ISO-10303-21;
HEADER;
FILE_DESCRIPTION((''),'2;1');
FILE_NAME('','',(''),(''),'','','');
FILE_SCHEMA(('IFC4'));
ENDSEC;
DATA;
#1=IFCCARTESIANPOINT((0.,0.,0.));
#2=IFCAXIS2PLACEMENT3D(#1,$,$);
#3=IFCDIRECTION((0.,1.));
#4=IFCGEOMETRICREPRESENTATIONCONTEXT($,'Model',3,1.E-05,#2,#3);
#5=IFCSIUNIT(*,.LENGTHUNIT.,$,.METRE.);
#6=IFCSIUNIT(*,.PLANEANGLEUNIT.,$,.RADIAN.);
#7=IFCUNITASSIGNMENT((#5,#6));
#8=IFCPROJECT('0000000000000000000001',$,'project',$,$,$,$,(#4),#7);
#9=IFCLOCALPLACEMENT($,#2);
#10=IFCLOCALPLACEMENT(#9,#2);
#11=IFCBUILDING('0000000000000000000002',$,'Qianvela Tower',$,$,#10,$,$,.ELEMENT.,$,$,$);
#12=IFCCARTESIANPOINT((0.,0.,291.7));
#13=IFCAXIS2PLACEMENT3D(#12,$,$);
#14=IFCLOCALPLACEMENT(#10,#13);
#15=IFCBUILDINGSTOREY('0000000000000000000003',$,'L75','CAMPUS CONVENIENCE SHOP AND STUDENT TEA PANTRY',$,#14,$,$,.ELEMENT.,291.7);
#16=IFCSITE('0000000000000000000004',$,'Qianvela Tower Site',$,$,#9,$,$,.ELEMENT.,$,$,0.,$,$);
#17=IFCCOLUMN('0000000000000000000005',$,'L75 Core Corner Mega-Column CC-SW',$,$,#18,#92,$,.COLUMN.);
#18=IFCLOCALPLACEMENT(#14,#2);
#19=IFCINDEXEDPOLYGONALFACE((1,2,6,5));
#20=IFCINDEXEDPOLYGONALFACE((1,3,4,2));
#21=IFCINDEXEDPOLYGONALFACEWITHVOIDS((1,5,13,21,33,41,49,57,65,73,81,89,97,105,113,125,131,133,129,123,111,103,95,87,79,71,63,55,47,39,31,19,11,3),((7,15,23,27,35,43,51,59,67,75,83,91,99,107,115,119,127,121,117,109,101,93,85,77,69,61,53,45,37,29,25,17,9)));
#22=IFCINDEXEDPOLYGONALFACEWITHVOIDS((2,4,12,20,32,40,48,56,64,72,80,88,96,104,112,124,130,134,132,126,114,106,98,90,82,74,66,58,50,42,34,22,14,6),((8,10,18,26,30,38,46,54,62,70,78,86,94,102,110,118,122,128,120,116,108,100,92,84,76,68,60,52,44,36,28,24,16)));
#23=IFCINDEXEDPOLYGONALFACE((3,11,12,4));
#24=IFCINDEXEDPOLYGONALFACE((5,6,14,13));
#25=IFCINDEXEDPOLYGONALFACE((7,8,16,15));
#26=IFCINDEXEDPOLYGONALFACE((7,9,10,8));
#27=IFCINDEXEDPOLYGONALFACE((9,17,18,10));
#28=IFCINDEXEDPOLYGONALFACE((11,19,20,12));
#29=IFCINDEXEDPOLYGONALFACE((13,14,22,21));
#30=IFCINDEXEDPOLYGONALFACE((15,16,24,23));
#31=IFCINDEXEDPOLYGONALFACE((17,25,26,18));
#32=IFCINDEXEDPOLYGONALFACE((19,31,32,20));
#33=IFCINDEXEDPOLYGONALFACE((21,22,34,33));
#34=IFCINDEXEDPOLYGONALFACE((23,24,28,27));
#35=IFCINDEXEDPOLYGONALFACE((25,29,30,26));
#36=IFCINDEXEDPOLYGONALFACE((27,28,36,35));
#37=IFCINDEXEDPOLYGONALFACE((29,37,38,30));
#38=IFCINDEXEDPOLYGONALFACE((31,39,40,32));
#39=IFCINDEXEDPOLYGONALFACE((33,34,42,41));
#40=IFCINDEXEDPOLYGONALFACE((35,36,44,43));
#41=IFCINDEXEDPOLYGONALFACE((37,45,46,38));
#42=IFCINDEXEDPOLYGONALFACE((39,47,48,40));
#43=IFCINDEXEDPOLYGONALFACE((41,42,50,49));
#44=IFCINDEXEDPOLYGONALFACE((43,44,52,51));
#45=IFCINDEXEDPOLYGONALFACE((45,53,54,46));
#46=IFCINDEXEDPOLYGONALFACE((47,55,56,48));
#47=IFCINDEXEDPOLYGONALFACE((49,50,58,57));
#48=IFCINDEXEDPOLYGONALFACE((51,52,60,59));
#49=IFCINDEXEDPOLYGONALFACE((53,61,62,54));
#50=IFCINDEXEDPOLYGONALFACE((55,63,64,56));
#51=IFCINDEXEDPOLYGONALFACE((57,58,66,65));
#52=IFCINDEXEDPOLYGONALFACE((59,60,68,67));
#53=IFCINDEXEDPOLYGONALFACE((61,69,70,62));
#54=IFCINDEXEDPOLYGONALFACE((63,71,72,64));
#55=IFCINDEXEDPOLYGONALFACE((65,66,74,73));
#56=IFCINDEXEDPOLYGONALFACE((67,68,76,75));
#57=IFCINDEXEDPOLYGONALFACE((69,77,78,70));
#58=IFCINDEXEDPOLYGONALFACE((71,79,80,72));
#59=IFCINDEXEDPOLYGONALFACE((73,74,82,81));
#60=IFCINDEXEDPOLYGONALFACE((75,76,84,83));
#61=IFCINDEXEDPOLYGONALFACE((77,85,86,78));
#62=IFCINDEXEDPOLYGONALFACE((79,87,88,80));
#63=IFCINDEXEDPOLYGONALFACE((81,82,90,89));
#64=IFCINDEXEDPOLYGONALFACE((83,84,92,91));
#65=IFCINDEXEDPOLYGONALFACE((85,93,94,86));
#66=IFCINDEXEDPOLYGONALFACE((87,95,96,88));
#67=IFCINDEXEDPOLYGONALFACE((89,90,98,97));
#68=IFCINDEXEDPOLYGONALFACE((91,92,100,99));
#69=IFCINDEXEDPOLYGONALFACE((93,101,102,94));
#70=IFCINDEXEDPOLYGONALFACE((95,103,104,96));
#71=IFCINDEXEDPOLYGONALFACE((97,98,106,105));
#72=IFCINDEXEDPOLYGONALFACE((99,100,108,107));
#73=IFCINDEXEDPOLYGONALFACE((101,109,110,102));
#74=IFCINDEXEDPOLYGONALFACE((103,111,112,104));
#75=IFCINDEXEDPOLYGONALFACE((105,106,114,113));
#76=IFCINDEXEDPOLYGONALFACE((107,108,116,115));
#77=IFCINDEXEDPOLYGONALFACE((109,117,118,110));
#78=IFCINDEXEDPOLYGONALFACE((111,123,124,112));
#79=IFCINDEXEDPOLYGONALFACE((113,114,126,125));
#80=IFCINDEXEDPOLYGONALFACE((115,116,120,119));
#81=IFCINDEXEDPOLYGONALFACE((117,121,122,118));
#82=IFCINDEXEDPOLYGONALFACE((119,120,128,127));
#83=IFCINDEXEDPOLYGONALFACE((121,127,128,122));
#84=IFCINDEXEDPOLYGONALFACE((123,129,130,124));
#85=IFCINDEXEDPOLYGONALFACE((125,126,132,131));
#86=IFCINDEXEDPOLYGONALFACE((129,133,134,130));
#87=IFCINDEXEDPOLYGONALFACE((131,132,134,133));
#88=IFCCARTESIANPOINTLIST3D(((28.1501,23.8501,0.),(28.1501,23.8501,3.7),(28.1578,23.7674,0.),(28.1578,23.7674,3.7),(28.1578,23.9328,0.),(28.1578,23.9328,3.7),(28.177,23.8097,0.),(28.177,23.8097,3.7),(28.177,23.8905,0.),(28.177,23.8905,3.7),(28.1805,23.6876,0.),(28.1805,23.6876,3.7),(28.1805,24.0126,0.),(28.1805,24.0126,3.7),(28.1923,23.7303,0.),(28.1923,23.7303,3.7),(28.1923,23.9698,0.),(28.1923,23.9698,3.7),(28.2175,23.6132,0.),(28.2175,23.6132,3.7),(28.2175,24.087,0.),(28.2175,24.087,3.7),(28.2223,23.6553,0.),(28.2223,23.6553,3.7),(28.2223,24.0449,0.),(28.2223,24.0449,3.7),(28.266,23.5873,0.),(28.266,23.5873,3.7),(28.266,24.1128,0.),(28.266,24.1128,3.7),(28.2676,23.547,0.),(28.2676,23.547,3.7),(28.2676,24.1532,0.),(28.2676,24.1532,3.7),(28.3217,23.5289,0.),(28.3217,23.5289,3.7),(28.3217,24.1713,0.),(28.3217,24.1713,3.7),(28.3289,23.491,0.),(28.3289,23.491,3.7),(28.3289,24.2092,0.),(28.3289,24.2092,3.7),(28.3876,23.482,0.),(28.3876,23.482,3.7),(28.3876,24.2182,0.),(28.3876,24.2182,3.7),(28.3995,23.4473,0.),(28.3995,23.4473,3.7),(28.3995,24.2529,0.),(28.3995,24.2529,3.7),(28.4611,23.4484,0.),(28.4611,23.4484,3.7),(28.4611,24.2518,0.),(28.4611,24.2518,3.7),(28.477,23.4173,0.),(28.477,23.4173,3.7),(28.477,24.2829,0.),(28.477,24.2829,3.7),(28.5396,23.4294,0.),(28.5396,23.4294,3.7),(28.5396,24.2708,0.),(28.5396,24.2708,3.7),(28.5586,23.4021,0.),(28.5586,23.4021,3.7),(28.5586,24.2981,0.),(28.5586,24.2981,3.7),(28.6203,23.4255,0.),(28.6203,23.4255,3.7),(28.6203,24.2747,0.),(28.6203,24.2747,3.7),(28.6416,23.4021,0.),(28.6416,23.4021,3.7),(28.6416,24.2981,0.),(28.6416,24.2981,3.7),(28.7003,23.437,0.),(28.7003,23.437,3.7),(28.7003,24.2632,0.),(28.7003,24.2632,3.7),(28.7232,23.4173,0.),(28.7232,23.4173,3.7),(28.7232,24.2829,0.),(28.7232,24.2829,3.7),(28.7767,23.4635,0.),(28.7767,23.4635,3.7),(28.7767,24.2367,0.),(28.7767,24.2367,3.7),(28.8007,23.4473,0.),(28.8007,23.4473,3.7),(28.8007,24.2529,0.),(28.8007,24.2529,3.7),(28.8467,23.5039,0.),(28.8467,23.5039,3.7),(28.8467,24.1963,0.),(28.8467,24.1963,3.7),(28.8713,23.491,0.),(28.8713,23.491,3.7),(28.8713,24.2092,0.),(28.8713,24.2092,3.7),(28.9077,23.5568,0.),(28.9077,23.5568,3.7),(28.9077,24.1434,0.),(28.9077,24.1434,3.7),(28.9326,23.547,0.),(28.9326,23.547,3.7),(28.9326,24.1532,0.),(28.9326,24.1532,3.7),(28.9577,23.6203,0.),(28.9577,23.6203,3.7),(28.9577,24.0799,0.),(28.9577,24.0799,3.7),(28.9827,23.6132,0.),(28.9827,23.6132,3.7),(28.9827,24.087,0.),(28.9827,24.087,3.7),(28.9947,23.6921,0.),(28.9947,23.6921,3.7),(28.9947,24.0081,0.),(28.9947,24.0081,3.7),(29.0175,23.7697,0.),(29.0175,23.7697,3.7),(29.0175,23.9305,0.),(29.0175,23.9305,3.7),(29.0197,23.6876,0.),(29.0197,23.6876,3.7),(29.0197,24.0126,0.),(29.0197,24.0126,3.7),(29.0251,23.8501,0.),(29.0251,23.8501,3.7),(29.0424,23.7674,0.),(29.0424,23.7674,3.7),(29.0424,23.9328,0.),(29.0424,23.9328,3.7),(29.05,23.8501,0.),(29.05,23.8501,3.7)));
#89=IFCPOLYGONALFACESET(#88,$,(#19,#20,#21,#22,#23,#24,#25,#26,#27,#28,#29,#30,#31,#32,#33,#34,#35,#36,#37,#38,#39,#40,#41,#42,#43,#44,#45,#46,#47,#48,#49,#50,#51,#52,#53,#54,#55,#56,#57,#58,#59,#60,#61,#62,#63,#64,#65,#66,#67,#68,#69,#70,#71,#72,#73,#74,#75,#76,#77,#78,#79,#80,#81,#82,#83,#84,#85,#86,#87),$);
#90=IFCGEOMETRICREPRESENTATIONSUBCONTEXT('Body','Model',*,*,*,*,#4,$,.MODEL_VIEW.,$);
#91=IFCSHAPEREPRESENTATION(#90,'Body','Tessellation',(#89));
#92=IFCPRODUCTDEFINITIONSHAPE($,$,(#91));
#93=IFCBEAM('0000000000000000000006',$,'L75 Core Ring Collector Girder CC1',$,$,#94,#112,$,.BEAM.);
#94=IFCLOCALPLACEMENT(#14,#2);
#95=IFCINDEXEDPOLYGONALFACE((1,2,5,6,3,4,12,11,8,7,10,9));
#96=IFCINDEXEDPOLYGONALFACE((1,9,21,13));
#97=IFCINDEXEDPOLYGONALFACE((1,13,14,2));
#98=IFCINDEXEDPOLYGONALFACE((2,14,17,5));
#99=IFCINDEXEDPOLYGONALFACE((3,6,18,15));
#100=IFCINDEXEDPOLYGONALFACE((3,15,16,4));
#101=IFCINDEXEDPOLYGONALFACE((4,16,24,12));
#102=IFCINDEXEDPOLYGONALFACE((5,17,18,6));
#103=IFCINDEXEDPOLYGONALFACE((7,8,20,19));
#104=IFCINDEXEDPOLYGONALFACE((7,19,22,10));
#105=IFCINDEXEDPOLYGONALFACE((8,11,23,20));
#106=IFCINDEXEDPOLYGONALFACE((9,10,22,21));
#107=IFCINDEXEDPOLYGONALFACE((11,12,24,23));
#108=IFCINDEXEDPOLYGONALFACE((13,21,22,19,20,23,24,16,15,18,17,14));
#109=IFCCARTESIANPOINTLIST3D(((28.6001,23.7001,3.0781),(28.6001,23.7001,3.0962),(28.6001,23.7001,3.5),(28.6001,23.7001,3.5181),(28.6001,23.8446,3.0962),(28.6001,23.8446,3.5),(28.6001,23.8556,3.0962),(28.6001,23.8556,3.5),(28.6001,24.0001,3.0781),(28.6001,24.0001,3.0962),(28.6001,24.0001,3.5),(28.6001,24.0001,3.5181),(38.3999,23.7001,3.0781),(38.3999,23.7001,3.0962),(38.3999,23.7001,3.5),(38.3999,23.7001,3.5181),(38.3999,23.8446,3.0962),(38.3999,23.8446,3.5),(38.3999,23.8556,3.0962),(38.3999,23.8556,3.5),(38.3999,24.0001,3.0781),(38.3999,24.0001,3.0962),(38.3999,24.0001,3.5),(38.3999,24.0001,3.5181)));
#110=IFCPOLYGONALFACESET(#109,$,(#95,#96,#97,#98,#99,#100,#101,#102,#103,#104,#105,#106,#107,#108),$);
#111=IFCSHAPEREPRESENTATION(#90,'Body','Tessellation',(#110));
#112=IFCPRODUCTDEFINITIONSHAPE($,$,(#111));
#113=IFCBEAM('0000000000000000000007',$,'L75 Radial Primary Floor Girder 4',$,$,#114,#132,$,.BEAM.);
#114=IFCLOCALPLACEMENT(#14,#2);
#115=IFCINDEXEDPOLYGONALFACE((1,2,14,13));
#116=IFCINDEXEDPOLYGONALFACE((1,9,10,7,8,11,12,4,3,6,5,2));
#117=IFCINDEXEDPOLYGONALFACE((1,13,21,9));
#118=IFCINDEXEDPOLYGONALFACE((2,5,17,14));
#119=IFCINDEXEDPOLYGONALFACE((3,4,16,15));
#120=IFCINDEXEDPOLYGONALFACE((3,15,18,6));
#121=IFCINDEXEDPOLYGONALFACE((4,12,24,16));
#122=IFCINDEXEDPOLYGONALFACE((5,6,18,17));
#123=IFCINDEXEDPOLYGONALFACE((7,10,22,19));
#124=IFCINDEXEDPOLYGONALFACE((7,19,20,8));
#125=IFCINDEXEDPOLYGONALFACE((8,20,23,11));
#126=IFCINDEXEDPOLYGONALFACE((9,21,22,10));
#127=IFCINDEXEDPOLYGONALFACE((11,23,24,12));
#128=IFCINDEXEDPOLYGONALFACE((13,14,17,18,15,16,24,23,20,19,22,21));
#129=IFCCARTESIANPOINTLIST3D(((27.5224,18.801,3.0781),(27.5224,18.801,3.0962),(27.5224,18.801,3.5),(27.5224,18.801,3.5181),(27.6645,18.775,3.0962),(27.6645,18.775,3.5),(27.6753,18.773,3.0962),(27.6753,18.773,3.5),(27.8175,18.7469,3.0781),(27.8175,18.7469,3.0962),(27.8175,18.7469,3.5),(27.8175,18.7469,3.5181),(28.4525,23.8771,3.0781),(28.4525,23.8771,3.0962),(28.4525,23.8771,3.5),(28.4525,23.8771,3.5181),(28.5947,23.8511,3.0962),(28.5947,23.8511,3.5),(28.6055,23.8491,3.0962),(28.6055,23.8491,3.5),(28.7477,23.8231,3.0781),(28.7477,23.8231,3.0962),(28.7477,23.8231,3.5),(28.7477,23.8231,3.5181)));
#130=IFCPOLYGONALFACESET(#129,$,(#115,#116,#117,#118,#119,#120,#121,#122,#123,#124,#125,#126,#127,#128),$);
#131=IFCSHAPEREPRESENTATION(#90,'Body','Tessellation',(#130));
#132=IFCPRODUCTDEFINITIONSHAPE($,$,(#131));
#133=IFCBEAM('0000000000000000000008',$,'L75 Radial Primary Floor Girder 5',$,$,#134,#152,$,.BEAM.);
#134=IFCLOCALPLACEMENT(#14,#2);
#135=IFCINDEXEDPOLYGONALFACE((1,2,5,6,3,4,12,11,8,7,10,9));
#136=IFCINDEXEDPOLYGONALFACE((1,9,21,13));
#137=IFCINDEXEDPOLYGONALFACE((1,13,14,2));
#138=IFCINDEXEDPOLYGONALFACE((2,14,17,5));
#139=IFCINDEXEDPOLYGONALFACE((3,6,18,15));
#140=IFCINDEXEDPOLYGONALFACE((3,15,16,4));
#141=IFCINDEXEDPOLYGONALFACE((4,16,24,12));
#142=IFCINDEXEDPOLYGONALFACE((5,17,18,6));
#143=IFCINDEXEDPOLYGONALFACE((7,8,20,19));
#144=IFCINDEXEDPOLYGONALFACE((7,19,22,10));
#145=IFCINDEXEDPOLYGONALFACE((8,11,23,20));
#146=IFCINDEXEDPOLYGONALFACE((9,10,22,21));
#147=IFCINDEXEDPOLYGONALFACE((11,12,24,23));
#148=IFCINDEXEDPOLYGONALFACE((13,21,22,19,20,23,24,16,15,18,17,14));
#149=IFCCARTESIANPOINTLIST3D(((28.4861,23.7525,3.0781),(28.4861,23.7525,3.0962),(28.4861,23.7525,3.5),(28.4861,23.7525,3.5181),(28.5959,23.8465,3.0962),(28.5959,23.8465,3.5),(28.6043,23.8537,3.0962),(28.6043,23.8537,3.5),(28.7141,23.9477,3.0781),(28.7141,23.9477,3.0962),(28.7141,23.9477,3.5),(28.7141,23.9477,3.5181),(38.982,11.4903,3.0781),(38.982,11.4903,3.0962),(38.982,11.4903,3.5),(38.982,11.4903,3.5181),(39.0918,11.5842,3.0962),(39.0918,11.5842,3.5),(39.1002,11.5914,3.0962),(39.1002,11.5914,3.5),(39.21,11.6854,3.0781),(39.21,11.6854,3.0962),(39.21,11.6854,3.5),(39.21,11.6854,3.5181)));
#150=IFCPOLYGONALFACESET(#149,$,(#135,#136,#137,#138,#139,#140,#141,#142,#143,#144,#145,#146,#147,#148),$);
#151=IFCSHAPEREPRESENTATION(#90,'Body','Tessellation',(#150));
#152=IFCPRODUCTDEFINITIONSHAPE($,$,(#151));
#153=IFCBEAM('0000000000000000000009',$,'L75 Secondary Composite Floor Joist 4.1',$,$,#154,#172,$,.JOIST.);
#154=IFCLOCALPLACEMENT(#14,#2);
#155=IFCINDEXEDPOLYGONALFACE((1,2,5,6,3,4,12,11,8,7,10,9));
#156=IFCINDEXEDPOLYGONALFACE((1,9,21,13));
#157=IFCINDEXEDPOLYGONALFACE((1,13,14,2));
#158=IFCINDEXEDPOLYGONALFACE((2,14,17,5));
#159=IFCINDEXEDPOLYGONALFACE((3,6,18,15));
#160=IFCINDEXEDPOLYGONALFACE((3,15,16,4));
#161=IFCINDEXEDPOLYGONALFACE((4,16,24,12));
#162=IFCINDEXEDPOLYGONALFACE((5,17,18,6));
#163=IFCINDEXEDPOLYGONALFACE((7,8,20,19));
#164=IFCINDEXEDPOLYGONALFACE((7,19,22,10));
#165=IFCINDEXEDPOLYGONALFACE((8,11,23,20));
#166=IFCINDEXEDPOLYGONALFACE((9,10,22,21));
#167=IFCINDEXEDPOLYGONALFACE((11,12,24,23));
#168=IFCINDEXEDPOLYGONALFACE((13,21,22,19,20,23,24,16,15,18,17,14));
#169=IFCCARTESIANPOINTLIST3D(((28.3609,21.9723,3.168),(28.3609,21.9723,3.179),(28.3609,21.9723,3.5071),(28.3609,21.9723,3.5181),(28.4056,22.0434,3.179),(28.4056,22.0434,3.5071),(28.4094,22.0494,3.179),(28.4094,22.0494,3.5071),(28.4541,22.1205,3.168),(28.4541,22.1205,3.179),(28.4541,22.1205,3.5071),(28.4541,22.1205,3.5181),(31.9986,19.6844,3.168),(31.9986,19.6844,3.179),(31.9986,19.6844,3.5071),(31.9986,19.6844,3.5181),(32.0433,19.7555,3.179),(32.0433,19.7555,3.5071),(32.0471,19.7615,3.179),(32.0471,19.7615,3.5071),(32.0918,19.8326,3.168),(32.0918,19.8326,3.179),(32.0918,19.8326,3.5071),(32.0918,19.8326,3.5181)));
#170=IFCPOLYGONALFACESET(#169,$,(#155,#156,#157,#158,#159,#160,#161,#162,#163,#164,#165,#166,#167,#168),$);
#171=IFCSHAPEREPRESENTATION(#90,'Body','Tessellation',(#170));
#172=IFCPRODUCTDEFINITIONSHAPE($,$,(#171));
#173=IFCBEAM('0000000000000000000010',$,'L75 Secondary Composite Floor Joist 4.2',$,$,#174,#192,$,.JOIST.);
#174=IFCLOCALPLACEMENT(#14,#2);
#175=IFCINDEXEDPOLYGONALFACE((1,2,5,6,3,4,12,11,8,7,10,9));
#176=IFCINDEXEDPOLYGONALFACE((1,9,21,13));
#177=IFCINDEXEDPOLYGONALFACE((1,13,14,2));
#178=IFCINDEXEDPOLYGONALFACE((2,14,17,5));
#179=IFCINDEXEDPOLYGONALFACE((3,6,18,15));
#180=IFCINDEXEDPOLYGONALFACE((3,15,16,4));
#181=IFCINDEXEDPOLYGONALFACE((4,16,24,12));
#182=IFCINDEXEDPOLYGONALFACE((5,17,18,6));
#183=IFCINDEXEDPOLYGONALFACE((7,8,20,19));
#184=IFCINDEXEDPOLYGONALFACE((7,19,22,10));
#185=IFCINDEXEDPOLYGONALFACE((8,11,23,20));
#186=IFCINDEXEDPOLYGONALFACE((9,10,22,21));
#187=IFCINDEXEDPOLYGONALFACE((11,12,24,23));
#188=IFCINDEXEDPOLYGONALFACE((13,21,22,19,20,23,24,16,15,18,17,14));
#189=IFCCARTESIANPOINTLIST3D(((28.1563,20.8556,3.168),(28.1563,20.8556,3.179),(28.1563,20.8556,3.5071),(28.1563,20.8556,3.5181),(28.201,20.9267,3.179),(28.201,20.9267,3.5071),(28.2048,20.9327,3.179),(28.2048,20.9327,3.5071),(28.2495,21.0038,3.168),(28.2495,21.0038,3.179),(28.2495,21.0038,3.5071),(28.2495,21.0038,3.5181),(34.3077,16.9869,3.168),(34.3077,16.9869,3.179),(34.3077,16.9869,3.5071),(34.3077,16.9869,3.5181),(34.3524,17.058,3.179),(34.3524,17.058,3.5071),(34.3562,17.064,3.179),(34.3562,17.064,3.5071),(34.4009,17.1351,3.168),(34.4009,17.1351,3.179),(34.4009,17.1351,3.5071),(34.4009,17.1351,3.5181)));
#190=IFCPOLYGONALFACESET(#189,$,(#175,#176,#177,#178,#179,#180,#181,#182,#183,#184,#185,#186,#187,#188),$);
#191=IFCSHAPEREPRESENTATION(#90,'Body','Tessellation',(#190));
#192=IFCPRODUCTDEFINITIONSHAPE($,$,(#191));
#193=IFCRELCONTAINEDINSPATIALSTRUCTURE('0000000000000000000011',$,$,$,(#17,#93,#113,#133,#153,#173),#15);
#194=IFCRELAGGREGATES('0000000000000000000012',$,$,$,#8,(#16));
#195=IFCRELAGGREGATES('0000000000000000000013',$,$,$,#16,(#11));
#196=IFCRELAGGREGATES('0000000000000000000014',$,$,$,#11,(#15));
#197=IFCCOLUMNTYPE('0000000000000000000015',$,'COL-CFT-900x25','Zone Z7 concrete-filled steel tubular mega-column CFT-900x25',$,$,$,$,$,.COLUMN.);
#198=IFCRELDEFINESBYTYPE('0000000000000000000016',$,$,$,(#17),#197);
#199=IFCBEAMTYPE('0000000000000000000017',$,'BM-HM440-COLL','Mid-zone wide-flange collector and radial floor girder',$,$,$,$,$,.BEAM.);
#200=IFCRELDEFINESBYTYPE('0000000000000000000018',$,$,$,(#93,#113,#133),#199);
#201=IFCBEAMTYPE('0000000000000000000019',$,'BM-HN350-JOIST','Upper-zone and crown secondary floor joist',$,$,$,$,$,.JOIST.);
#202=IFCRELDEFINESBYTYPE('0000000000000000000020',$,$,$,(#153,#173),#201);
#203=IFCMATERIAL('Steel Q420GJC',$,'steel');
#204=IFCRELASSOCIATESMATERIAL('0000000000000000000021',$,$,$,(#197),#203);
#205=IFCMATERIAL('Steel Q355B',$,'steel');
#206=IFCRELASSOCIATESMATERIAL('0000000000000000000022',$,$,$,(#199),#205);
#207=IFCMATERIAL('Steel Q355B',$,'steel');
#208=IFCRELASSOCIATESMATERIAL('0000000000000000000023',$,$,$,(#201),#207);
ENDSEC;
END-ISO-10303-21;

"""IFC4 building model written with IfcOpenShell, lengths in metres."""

from ifc_helpers import new_model, si_unit, direction, frame, origin, origin_2d, place, context, subcontext, project, spatial, hollow_circle, i_section, extrude, material, material_profile, profile_set, type_object, element, save


model = new_model("IFC4")

# Units and contexts
model_context = context("Model", 3, precision=1e-05, world=origin(), true_north=direction((0.0, 1.0)))
body_context = subcontext(model_context, "Body", "Model", "MODEL_VIEW")
ifc_project = project(units=[si_unit("LENGTHUNIT", "METRE"), si_unit("PLANEANGLEUNIT", "RADIAN")], contexts=[model_context])

# Site, building, storey
site_placement = place(None, origin())
site = spatial("IfcSite", under=ifc_project, at=site_placement, Name="Qianvela Tower Site", CompositionType="ELEMENT", RefElevation=0.0)
building_placement = place(site_placement, origin())
building = spatial("IfcBuilding", under=site, at=building_placement, Name="Qianvela Tower", CompositionType="ELEMENT")
storey_placement = place(building_placement, frame((0.0, 0.0, 291.7)))
storey = spatial("IfcBuildingStorey", under=building, at=storey_placement, Name="L75", Description="CAMPUS CONVENIENCE SHOP AND STUDENT TEA PANTRY", CompositionType="ELEMENT", Elevation=291.7)

# Column
ifc_material_1 = material(Name="Steel Q420GJC", Category="steel")
ifc_material_profile_1 = material_profile(ifc_material_1, hollow_circle(Radius=0.45, WallThickness=0.0249, at=origin_2d()), Name="CFT-900x25")
ifc_profile_set_1 = profile_set([ifc_material_profile_1], Name="Steel Q420GJC")
column_type = type_object("IfcColumnType", Name="COL-CFT-900x25", Description="Zone Z7 concrete-filled steel tubular mega-column CFT-900x25", PredefinedType="COLUMN", material=ifc_profile_set_1)
column_placement = place(storey_placement, frame((28.6001, 23.8501, 0.0), z_axis=(0.0, 0.0, 1.0), x_axis=(1.0, 0.0, 0.0)))
element("IfcColumn", 1, at=column_placement, inside=storey, type_object=column_type, Name="L75 Core Corner Mega-Column CC-SW", PredefinedType="COLUMN", context=body_context, shape_type="SweptSolid", body=[
    extrude(hollow_circle(Radius=0.45, WallThickness=0.0249, at=origin_2d()), origin(), (0.0, 0.0, 1.0), 3.7),
])

# Beams
ifc_material_2 = material(Name="Steel Q355B", Category="steel")
ifc_material_profile_2 = material_profile(ifc_material_2, i_section(OverallWidth=0.3, OverallDepth=0.4399, WebThickness=0.011, FlangeThickness=0.0181, at=origin_2d()), Name="HM440x300x11x18")
ifc_profile_set_2 = profile_set([ifc_material_profile_2], Name="Steel Q355B")
beam_type_1 = type_object("IfcBeamType", Name="BM-HM440-COLL", Description="Mid-zone wide-flange collector and radial floor girder", PredefinedType="BEAM", material=ifc_profile_set_2)
beam_1_placement = place(storey_placement, frame((28.6001, 23.8501, 3.2981), z_axis=(1.0, 0.0, 0.0), x_axis=(0.0, 1.0, 0.0)))
element("IfcBeam", 2, at=beam_1_placement, inside=storey, type_object=beam_type_1, Name="L75 Core Ring Collector Girder CC1", PredefinedType="BEAM", context=body_context, shape_type="SweptSolid", body=[
    extrude(i_section(OverallWidth=0.3, OverallDepth=0.4399, WebThickness=0.011, FlangeThickness=0.0181, at=origin_2d()), origin(), (0.0, 0.0, 1.0), 9.7998),
])
beam_2_placement = place(storey_placement, frame((28.6001, 23.8501, 3.2981), z_axis=(-0.180242, -0.983622, 0.0), x_axis=(0.983622, -0.180242, 0.0)))
element("IfcBeam", 3, at=beam_2_placement, inside=storey, type_object=beam_type_1, Name="L75 Radial Primary Floor Girder 4", PredefinedType="BEAM", context=body_context, shape_type="SweptSolid", body=[
    extrude(i_section(OverallWidth=0.3, OverallDepth=0.4399, WebThickness=0.011, FlangeThickness=0.0181, at=origin_2d()), origin(), (0.0, 0.0, 1.0), 5.1606),
])
beam_3_placement = place(storey_placement, frame((28.6001, 23.8501, 3.2981), z_axis=(0.650269, -0.759704, 0.0), x_axis=(0.759704, 0.650269, 0.0)))
element("IfcBeam", 4, at=beam_3_placement, inside=storey, type_object=beam_type_1, Name="L75 Radial Primary Floor Girder 5", PredefinedType="BEAM", context=body_context, shape_type="SweptSolid", body=[
    extrude(i_section(OverallWidth=0.3, OverallDepth=0.4399, WebThickness=0.011, FlangeThickness=0.0181, at=origin_2d()), origin(), (0.0, 0.0, 1.0), 16.1409),
])
ifc_material_3 = material(Name="Steel Q355B", Category="steel")
ifc_material_profile_3 = material_profile(ifc_material_3, i_section(OverallWidth=0.175, OverallDepth=0.3501, WebThickness=0.0071, FlangeThickness=0.011, at=origin_2d()), Name="HN350x175x7x11")
ifc_profile_set_3 = profile_set([ifc_material_profile_3], Name="Steel Q355B")
beam_type_2 = type_object("IfcBeamType", Name="BM-HN350-JOIST", Description="Upper-zone and crown secondary floor joist", PredefinedType="JOIST", material=ifc_profile_set_3)
beam_4_placement = place(storey_placement, frame((28.4075, 22.0464, 3.343), z_axis=(0.846501, -0.532387, 0.0), x_axis=(0.532387, 0.846501, 0.0)))
element("IfcBeam", 5, at=beam_4_placement, inside=storey, type_object=beam_type_2, Name="L75 Secondary Composite Floor Joist 4.1", PredefinedType="JOIST", context=body_context, shape_type="SweptSolid", body=[
    extrude(i_section(OverallWidth=0.175, OverallDepth=0.3501, WebThickness=0.0071, FlangeThickness=0.011, at=origin_2d()), origin(), (0.0, 0.0, 1.0), 4.2974),
])
beam_5_placement = place(storey_placement, frame((28.2029, 20.9297, 3.343), z_axis=(0.846508, -0.532377, 0.0), x_axis=(0.532377, 0.846508, 0.0)))
element("IfcBeam", 6, at=beam_5_placement, inside=storey, type_object=beam_type_2, Name="L75 Secondary Composite Floor Joist 4.2", PredefinedType="JOIST", context=body_context, shape_type="SweptSolid", body=[
    extrude(i_section(OverallWidth=0.175, OverallDepth=0.3501, WebThickness=0.0071, FlangeThickness=0.011, at=origin_2d()), origin(), (0.0, 0.0, 1.0), 7.2668),
])

save(model, "model.ifc")
